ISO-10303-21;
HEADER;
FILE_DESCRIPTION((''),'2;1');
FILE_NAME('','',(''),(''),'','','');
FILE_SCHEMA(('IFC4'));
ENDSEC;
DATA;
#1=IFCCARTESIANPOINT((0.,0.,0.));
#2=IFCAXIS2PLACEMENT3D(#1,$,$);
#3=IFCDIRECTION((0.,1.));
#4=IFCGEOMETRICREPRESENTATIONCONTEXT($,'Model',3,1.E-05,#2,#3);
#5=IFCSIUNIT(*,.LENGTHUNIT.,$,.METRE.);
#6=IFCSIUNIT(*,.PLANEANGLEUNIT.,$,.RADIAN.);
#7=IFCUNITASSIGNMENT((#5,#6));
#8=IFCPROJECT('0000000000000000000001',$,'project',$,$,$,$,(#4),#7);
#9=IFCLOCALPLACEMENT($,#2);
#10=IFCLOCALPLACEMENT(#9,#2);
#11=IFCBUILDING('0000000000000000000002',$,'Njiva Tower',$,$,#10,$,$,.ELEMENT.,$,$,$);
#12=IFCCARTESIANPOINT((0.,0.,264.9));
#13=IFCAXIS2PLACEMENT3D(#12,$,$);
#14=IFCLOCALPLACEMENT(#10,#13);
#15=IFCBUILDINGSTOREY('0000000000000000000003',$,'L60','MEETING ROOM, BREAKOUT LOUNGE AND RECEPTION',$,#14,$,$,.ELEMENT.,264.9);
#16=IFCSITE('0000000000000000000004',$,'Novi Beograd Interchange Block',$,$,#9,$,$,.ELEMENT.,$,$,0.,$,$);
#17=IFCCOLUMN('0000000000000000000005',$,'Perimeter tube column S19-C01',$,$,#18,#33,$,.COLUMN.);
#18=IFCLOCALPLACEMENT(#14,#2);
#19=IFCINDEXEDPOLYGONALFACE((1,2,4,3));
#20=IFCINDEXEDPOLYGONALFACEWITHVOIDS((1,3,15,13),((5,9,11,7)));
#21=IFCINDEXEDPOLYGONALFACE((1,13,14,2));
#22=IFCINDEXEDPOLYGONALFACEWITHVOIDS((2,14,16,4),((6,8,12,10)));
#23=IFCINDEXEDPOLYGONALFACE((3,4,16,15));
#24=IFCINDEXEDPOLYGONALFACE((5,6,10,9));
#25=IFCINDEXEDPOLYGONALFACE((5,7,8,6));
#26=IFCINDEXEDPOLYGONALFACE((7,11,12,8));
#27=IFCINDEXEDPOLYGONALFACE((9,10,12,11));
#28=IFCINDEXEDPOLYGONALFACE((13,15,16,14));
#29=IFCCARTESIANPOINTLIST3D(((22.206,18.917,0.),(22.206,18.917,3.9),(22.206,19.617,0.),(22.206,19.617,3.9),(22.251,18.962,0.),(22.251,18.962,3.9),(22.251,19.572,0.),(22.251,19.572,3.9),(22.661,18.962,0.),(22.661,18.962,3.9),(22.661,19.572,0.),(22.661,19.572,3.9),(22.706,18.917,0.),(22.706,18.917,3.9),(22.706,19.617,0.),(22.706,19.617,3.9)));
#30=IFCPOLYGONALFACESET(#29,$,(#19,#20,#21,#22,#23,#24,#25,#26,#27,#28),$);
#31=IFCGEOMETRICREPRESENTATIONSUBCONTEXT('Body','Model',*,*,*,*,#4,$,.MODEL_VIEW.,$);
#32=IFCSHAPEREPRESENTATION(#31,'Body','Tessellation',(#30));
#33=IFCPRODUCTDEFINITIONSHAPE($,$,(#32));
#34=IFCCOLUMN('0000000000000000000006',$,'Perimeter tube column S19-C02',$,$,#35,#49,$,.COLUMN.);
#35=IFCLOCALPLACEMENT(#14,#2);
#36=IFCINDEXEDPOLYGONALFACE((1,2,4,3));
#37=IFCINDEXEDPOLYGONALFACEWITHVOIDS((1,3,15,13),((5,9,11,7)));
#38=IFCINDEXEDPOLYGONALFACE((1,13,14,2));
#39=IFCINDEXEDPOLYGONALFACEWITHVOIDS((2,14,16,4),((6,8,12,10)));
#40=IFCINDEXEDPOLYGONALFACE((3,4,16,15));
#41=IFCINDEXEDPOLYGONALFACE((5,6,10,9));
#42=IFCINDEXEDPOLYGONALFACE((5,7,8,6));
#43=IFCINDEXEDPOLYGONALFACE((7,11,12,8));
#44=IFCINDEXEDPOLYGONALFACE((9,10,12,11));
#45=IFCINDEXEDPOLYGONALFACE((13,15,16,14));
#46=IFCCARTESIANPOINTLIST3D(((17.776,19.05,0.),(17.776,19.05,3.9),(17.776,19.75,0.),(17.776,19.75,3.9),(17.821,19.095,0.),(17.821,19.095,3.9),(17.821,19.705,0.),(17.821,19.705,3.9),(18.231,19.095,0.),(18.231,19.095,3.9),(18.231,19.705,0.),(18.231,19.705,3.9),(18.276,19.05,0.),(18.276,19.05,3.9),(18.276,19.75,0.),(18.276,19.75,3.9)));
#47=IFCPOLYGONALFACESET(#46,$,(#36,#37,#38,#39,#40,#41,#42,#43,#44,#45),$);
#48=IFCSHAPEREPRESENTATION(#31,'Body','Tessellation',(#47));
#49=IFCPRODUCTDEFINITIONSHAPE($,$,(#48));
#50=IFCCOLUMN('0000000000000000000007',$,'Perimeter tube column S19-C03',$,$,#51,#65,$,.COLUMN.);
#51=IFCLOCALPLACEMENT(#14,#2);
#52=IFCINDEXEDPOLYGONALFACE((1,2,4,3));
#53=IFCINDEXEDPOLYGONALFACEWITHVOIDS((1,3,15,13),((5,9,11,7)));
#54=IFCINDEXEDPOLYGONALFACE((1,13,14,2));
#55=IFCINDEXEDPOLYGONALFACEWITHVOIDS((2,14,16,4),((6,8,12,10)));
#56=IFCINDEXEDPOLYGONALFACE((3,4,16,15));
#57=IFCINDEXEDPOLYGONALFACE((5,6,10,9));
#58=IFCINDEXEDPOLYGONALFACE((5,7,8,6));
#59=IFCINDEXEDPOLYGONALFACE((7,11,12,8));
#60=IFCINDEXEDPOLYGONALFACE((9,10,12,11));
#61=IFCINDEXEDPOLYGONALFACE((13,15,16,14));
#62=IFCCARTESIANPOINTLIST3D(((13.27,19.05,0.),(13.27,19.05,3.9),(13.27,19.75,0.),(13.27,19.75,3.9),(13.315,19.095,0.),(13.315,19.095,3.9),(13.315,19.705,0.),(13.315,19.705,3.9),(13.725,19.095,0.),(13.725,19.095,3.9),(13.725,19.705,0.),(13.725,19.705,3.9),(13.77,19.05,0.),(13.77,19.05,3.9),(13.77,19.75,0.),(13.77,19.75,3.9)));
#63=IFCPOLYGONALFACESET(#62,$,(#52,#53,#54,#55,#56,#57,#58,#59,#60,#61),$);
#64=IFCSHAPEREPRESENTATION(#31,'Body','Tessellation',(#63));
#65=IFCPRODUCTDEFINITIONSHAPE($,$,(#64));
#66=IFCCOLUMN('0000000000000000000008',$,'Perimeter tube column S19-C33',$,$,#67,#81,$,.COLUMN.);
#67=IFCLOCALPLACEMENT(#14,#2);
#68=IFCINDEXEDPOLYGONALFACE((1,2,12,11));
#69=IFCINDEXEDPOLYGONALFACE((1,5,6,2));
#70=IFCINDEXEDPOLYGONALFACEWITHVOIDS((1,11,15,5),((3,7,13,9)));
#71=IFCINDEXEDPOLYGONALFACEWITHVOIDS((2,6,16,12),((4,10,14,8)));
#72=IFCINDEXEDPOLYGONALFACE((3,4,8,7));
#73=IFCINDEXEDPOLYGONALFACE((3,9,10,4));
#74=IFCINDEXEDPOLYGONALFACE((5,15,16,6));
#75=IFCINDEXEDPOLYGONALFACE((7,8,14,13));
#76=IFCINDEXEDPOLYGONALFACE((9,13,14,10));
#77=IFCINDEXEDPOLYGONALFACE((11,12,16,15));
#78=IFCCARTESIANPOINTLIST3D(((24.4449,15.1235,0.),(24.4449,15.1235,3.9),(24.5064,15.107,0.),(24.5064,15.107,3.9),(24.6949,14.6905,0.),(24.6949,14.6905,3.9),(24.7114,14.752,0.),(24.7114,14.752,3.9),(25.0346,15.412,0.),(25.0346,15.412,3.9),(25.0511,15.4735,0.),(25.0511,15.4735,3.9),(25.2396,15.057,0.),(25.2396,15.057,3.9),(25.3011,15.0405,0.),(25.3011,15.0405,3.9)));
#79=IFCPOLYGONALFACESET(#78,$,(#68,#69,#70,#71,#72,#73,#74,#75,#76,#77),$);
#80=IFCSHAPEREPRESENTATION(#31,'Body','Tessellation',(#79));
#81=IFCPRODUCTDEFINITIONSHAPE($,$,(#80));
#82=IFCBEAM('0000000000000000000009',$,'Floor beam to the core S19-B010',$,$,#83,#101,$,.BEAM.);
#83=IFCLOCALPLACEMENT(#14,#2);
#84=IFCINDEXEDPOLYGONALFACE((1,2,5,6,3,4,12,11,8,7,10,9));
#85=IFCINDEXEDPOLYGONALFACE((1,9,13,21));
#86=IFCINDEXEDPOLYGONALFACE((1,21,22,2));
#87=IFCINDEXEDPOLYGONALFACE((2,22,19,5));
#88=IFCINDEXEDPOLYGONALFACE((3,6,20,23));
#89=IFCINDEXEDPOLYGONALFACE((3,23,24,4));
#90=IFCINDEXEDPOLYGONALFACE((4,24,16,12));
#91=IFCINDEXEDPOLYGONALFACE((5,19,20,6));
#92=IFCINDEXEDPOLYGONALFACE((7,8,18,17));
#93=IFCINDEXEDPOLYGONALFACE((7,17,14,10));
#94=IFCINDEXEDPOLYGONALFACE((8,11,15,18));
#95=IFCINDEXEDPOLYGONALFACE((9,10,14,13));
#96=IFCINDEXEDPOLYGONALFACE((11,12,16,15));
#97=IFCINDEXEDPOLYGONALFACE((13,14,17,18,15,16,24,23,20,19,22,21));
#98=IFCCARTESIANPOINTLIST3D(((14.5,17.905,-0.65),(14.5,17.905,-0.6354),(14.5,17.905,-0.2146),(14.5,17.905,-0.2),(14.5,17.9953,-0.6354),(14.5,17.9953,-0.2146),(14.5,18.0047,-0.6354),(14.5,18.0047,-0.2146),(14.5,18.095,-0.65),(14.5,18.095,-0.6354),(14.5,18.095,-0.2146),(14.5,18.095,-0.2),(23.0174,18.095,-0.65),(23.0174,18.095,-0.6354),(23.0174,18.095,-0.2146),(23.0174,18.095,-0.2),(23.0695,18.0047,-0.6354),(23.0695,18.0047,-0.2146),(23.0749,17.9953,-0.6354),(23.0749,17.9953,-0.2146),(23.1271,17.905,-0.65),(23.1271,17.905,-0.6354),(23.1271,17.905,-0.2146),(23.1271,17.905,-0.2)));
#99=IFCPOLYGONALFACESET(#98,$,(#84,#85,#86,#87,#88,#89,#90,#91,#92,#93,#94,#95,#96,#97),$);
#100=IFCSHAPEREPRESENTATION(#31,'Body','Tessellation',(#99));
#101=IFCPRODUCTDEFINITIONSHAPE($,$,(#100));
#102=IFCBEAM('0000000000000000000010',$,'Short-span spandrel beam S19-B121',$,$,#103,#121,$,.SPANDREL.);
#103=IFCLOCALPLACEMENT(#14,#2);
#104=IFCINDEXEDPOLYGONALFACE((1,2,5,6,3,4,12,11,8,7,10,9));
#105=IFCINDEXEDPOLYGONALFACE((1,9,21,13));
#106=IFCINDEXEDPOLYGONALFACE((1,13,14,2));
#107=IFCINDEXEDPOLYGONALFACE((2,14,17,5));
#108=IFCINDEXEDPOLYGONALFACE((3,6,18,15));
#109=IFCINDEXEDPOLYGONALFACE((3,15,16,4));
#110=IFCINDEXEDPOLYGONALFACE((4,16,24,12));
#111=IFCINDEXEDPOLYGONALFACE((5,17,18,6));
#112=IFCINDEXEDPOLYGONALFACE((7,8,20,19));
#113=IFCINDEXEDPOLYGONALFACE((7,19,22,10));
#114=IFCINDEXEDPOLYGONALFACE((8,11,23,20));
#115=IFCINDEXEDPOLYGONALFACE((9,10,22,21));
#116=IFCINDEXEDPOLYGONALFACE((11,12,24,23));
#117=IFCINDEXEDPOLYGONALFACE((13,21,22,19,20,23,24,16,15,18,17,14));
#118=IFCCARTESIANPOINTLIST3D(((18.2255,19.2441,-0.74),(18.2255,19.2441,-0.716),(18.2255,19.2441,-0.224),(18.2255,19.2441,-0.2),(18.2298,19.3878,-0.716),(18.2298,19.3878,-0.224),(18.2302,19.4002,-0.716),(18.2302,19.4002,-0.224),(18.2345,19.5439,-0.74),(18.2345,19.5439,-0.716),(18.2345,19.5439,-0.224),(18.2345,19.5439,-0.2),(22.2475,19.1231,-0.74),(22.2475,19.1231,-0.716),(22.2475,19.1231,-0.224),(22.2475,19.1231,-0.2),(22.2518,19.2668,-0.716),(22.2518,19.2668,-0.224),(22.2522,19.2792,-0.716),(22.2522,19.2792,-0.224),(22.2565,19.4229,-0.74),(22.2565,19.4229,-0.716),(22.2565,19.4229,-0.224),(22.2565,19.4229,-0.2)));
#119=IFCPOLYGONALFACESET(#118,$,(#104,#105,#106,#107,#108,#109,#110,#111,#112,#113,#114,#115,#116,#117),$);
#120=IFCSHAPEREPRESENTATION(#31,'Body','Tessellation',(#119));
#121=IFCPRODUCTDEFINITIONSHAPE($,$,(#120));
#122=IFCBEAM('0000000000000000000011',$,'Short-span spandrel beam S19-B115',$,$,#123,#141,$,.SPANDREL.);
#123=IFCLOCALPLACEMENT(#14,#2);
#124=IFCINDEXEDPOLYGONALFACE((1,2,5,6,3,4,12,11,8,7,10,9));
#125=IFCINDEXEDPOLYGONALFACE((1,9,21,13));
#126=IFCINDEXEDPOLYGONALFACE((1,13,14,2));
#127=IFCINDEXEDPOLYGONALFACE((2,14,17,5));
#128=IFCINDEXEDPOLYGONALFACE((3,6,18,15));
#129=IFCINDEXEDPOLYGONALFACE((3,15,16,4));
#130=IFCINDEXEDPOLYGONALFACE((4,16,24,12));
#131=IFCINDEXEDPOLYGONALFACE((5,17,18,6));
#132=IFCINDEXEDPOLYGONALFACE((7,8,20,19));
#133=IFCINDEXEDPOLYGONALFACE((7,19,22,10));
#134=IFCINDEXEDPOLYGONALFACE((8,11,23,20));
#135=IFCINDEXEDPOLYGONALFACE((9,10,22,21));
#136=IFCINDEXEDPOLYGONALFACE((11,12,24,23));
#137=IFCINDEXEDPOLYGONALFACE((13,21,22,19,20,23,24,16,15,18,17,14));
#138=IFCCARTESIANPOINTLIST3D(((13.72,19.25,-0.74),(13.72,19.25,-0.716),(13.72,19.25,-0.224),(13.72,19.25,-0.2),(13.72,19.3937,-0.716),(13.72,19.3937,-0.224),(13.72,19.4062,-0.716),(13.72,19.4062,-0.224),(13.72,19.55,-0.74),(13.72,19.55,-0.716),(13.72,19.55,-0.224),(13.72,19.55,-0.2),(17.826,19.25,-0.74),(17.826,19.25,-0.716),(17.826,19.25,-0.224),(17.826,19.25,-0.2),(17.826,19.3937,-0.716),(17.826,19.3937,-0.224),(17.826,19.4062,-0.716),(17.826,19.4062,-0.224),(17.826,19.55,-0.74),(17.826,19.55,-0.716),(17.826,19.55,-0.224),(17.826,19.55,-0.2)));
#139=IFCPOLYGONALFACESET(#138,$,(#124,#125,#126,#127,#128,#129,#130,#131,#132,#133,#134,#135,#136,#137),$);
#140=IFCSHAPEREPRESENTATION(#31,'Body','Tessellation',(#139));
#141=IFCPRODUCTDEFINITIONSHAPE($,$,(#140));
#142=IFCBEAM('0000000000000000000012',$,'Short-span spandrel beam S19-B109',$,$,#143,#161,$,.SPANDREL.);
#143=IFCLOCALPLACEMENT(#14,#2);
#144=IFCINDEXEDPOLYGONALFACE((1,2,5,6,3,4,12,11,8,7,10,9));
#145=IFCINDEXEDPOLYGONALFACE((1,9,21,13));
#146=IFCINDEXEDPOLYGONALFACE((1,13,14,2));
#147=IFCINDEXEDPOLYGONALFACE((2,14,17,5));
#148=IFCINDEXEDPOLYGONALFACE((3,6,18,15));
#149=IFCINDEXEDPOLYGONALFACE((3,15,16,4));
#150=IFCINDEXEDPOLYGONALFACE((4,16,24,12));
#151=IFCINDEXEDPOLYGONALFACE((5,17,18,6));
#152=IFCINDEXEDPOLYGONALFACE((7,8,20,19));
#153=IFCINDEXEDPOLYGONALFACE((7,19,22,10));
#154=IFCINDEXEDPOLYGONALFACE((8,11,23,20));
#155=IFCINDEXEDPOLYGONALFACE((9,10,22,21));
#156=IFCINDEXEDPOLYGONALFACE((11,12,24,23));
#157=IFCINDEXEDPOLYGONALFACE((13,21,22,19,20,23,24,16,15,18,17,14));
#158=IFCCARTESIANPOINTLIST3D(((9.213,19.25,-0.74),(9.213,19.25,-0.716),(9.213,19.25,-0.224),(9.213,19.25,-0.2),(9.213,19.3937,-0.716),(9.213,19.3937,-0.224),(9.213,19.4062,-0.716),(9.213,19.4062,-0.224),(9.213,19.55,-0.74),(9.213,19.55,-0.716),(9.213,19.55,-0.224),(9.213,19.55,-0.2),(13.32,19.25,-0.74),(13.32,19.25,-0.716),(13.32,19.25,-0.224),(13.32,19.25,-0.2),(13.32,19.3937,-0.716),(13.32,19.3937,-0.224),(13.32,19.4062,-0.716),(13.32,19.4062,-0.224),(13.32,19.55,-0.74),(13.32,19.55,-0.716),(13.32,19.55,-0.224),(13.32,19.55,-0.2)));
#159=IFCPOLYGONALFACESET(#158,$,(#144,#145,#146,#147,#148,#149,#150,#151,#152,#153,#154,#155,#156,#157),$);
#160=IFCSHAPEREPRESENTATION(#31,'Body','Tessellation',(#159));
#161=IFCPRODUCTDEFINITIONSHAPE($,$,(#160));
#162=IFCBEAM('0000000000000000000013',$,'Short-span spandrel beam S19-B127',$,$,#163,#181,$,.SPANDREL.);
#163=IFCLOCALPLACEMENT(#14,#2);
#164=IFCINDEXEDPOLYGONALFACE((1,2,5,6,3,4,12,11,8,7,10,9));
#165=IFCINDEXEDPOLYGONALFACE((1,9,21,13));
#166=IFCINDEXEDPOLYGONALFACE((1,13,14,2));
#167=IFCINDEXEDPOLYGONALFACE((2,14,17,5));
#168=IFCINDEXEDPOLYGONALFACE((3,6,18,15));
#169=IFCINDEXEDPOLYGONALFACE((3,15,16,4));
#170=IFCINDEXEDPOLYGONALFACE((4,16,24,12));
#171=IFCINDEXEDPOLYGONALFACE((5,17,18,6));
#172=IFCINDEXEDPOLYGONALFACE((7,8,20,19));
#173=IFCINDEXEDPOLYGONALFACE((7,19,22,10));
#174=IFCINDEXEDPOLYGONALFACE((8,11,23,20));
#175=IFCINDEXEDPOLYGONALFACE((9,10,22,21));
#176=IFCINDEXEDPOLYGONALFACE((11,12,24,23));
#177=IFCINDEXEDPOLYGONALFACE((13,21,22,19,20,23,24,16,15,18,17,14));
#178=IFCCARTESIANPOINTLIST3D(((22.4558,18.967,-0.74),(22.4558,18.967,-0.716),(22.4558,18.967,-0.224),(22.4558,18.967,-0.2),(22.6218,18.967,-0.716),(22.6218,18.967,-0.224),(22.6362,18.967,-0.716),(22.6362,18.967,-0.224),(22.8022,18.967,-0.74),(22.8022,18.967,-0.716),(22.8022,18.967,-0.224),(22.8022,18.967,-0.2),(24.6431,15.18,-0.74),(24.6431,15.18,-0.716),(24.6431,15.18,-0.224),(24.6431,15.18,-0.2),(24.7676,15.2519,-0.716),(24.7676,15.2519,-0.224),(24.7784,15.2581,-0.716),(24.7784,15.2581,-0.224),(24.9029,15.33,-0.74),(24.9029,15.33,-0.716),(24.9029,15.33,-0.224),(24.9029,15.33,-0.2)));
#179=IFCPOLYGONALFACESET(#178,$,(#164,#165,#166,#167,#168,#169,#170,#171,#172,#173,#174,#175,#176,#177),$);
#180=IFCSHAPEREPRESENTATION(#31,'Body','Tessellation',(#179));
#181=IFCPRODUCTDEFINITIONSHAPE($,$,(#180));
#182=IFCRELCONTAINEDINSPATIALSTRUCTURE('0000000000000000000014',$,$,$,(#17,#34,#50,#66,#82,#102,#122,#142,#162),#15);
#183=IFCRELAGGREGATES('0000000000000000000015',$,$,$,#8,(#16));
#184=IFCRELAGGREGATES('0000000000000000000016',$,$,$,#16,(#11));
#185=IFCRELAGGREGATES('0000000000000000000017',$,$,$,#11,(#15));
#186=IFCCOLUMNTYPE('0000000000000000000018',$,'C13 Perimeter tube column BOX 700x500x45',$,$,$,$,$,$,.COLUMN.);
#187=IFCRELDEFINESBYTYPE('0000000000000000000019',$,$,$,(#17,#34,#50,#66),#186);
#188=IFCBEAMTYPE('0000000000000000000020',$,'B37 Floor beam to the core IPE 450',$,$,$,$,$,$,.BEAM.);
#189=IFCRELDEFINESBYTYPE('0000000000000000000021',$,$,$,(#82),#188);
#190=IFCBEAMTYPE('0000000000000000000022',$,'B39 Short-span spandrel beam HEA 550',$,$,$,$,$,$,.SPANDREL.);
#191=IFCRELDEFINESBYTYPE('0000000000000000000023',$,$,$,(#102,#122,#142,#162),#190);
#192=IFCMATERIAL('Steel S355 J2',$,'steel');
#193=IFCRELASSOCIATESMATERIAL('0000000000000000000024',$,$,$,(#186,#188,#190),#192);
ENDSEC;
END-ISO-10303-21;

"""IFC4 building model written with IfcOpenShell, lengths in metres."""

from ifc_helpers import new_model, si_unit, direction, frame, origin, origin_2d, place, context, subcontext, project, spatial, hollow_rectangle, i_section, extrude, clip, halfspace, material, material_profile, profile_set, type_object, element, save


model = new_model("IFC4")

# Units and contexts
model_context = context("Model", 3, precision=1e-05, world=origin(), true_north=direction((0.0, 1.0)))
body_context = subcontext(model_context, "Body", "Model", "MODEL_VIEW")
ifc_project = project(units=[si_unit("LENGTHUNIT", "METRE"), si_unit("PLANEANGLEUNIT", "RADIAN")], contexts=[model_context])

# Site, building, storey
site_placement = place(None, origin())
site = spatial("IfcSite", under=ifc_project, at=site_placement, Name="Novi Beograd Interchange Block", CompositionType="ELEMENT", RefElevation=0.0)
building_placement = place(site_placement, origin())
building = spatial("IfcBuilding", under=site, at=building_placement, Name="Njiva Tower", CompositionType="ELEMENT")
storey_placement = place(building_placement, frame((0.0, 0.0, 264.9)))
storey = spatial("IfcBuildingStorey", under=building, at=storey_placement, Name="L60", Description="MEETING ROOM, BREAKOUT LOUNGE AND RECEPTION", CompositionType="ELEMENT", Elevation=264.9)

# Columns
ifc_material_1 = material(Name="Steel S355 J2", Category="steel")
ifc_material_profile_1 = material_profile(ifc_material_1, hollow_rectangle(XDim=0.5, YDim=0.7, WallThickness=0.045, at=origin_2d()), Name="BOX 700x500x45")
ifc_profile_set_1 = profile_set([ifc_material_profile_1], Name="Steel S355 J2")
column_type = type_object("IfcColumnType", Name="C13 Perimeter tube column BOX 700x500x45", PredefinedType="COLUMN", material=ifc_profile_set_1)
for number, where, z_axis, x_axis, name in (
    (1, (22.456, 19.267, 0.0), (0.0, 0.0, 1.0), (-1.0, 0.0, 0.0), "Perimeter tube column S19-C01"),
    (2, (18.026, 19.4, 0.0), (0.0, 0.0, 1.0), (-1.0, 0.0, 0.0), "Perimeter tube column S19-C02"),
    (3, (13.52, 19.4, 0.0), (0.0, 0.0, 1.0), (-1.0, 0.0, 0.0), "Perimeter tube column S19-C03"),
    (4, (24.873, 15.082, 0.0), (0.0, 0.0, 1.0), (-0.5, 0.866025, 0.0), "Perimeter tube column S19-C33"),
):
    element("IfcColumn", number, at=place(storey_placement, frame(where, z_axis=z_axis, x_axis=x_axis)), inside=storey, type_object=column_type, Name=name, PredefinedType="COLUMN", context=body_context, shape_type="SweptSolid", body=[
        extrude(hollow_rectangle(XDim=0.5, YDim=0.7, WallThickness=0.045, at=origin_2d()), origin(), (0.0, 0.0, 1.0), 3.9),
    ])

# Beams
ifc_material_profile_2 = material_profile(ifc_material_1, i_section(OverallWidth=0.19, OverallDepth=0.45, WebThickness=0.0094, FlangeThickness=0.0146, at=origin_2d()), Name="IPE 450")
ifc_profile_set_2 = profile_set([ifc_material_profile_2], Name="Steel S355 J2")
beam_type_1 = type_object("IfcBeamType", Name="B37 Floor beam to the core IPE 450", PredefinedType="BEAM", material=ifc_profile_set_2)
beam_1_placement = place(storey_placement, frame((14.5, 18.0, -0.425), z_axis=(1.0, 0.0, 0.0), x_axis=(0.0, 1.0, 0.0)))
element("IfcBeam", 5, at=beam_1_placement, inside=storey, type_object=beam_type_1, Name="Floor beam to the core S19-B010", PredefinedType="BEAM", context=body_context, shape_type="Clipping", body=[
    clip(extrude(i_section(OverallWidth=0.19, OverallDepth=0.45, WebThickness=0.0094, FlangeThickness=0.0146, at=origin_2d()), origin(), (0.0, 0.0, 1.0), 8.647), halfspace(frame((0.025, 0.0, 8.5578), z_axis=(0.499998, 0.0, 0.866027), x_axis=(0.0, 1.0, 0.0)), False)),
])
ifc_material_profile_3 = material_profile(ifc_material_1, i_section(OverallWidth=0.3, OverallDepth=0.54, WebThickness=0.0125, FlangeThickness=0.024, at=origin_2d()), Name="HEA 550")
ifc_profile_set_3 = profile_set([ifc_material_profile_3], Name="Steel S355 J2")
beam_type_2 = type_object("IfcBeamType", Name="B39 Short-span spandrel beam HEA 550", PredefinedType="SPANDREL", material=ifc_profile_set_3)
beam_2_placement = place(storey_placement, frame((22.252, 19.273, -0.47), z_axis=(-0.999548, 0.030071, 0.0), x_axis=(-0.030071, -0.999548, 0.0)))
element("IfcBeam", 6, at=beam_2_placement, inside=storey, type_object=beam_type_2, Name="Short-span spandrel beam S19-B121", PredefinedType="SPANDREL", context=body_context, shape_type="SweptSolid", body=[
    extrude(i_section(OverallWidth=0.3, OverallDepth=0.54, WebThickness=0.0125, FlangeThickness=0.024, at=origin_2d()), origin(), (0.0, 0.0, 1.0), 4.0238),
])
beam_3_placement = place(storey_placement, frame((17.826, 19.4, -0.47), z_axis=(-1.0, 0.0, 0.0), x_axis=(0.0, -1.0, 0.0)))
element("IfcBeam", 7, at=beam_3_placement, inside=storey, type_object=beam_type_2, Name="Short-span spandrel beam S19-B115", PredefinedType="SPANDREL", context=body_context, shape_type="SweptSolid", body=[
    extrude(i_section(OverallWidth=0.3, OverallDepth=0.54, WebThickness=0.0125, FlangeThickness=0.024, at=origin_2d()), origin(), (0.0, 0.0, 1.0), 4.106),
])
beam_4_placement = place(storey_placement, frame((13.32, 19.4, -0.47), z_axis=(-1.0, 0.0, 0.0), x_axis=(0.0, -1.0, 0.0)))
element("IfcBeam", 8, at=beam_4_placement, inside=storey, type_object=beam_type_2, Name="Short-span spandrel beam S19-B109", PredefinedType="SPANDREL", context=body_context, shape_type="SweptSolid", body=[
    extrude(i_section(OverallWidth=0.3, OverallDepth=0.54, WebThickness=0.0125, FlangeThickness=0.024, at=origin_2d()), origin(), (0.0, 0.0, 1.0), 4.107),
])
beam_5_placement = place(storey_placement, frame((24.773, 15.255, -0.47), z_axis=(-0.500153, 0.865937, 0.0), x_axis=(-0.865937, -0.500153, 0.0)))
element("IfcBeam", 9, at=beam_5_placement, inside=storey, type_object=beam_type_2, Name="Short-span spandrel beam S19-B127", PredefinedType="SPANDREL", context=body_context, shape_type="Clipping", body=[
    clip(extrude(i_section(OverallWidth=0.3, OverallDepth=0.54, WebThickness=0.0125, FlangeThickness=0.024, at=origin_2d()), origin(), (0.0, 0.0, 1.0), 4.3937), halfspace(frame((-0.0254, 0.0, 4.272), z_axis=(-0.500153, 0.0, 0.865937), x_axis=(0.0, 1.0, 0.0)), False)),
])

save(model, "model.ifc")
